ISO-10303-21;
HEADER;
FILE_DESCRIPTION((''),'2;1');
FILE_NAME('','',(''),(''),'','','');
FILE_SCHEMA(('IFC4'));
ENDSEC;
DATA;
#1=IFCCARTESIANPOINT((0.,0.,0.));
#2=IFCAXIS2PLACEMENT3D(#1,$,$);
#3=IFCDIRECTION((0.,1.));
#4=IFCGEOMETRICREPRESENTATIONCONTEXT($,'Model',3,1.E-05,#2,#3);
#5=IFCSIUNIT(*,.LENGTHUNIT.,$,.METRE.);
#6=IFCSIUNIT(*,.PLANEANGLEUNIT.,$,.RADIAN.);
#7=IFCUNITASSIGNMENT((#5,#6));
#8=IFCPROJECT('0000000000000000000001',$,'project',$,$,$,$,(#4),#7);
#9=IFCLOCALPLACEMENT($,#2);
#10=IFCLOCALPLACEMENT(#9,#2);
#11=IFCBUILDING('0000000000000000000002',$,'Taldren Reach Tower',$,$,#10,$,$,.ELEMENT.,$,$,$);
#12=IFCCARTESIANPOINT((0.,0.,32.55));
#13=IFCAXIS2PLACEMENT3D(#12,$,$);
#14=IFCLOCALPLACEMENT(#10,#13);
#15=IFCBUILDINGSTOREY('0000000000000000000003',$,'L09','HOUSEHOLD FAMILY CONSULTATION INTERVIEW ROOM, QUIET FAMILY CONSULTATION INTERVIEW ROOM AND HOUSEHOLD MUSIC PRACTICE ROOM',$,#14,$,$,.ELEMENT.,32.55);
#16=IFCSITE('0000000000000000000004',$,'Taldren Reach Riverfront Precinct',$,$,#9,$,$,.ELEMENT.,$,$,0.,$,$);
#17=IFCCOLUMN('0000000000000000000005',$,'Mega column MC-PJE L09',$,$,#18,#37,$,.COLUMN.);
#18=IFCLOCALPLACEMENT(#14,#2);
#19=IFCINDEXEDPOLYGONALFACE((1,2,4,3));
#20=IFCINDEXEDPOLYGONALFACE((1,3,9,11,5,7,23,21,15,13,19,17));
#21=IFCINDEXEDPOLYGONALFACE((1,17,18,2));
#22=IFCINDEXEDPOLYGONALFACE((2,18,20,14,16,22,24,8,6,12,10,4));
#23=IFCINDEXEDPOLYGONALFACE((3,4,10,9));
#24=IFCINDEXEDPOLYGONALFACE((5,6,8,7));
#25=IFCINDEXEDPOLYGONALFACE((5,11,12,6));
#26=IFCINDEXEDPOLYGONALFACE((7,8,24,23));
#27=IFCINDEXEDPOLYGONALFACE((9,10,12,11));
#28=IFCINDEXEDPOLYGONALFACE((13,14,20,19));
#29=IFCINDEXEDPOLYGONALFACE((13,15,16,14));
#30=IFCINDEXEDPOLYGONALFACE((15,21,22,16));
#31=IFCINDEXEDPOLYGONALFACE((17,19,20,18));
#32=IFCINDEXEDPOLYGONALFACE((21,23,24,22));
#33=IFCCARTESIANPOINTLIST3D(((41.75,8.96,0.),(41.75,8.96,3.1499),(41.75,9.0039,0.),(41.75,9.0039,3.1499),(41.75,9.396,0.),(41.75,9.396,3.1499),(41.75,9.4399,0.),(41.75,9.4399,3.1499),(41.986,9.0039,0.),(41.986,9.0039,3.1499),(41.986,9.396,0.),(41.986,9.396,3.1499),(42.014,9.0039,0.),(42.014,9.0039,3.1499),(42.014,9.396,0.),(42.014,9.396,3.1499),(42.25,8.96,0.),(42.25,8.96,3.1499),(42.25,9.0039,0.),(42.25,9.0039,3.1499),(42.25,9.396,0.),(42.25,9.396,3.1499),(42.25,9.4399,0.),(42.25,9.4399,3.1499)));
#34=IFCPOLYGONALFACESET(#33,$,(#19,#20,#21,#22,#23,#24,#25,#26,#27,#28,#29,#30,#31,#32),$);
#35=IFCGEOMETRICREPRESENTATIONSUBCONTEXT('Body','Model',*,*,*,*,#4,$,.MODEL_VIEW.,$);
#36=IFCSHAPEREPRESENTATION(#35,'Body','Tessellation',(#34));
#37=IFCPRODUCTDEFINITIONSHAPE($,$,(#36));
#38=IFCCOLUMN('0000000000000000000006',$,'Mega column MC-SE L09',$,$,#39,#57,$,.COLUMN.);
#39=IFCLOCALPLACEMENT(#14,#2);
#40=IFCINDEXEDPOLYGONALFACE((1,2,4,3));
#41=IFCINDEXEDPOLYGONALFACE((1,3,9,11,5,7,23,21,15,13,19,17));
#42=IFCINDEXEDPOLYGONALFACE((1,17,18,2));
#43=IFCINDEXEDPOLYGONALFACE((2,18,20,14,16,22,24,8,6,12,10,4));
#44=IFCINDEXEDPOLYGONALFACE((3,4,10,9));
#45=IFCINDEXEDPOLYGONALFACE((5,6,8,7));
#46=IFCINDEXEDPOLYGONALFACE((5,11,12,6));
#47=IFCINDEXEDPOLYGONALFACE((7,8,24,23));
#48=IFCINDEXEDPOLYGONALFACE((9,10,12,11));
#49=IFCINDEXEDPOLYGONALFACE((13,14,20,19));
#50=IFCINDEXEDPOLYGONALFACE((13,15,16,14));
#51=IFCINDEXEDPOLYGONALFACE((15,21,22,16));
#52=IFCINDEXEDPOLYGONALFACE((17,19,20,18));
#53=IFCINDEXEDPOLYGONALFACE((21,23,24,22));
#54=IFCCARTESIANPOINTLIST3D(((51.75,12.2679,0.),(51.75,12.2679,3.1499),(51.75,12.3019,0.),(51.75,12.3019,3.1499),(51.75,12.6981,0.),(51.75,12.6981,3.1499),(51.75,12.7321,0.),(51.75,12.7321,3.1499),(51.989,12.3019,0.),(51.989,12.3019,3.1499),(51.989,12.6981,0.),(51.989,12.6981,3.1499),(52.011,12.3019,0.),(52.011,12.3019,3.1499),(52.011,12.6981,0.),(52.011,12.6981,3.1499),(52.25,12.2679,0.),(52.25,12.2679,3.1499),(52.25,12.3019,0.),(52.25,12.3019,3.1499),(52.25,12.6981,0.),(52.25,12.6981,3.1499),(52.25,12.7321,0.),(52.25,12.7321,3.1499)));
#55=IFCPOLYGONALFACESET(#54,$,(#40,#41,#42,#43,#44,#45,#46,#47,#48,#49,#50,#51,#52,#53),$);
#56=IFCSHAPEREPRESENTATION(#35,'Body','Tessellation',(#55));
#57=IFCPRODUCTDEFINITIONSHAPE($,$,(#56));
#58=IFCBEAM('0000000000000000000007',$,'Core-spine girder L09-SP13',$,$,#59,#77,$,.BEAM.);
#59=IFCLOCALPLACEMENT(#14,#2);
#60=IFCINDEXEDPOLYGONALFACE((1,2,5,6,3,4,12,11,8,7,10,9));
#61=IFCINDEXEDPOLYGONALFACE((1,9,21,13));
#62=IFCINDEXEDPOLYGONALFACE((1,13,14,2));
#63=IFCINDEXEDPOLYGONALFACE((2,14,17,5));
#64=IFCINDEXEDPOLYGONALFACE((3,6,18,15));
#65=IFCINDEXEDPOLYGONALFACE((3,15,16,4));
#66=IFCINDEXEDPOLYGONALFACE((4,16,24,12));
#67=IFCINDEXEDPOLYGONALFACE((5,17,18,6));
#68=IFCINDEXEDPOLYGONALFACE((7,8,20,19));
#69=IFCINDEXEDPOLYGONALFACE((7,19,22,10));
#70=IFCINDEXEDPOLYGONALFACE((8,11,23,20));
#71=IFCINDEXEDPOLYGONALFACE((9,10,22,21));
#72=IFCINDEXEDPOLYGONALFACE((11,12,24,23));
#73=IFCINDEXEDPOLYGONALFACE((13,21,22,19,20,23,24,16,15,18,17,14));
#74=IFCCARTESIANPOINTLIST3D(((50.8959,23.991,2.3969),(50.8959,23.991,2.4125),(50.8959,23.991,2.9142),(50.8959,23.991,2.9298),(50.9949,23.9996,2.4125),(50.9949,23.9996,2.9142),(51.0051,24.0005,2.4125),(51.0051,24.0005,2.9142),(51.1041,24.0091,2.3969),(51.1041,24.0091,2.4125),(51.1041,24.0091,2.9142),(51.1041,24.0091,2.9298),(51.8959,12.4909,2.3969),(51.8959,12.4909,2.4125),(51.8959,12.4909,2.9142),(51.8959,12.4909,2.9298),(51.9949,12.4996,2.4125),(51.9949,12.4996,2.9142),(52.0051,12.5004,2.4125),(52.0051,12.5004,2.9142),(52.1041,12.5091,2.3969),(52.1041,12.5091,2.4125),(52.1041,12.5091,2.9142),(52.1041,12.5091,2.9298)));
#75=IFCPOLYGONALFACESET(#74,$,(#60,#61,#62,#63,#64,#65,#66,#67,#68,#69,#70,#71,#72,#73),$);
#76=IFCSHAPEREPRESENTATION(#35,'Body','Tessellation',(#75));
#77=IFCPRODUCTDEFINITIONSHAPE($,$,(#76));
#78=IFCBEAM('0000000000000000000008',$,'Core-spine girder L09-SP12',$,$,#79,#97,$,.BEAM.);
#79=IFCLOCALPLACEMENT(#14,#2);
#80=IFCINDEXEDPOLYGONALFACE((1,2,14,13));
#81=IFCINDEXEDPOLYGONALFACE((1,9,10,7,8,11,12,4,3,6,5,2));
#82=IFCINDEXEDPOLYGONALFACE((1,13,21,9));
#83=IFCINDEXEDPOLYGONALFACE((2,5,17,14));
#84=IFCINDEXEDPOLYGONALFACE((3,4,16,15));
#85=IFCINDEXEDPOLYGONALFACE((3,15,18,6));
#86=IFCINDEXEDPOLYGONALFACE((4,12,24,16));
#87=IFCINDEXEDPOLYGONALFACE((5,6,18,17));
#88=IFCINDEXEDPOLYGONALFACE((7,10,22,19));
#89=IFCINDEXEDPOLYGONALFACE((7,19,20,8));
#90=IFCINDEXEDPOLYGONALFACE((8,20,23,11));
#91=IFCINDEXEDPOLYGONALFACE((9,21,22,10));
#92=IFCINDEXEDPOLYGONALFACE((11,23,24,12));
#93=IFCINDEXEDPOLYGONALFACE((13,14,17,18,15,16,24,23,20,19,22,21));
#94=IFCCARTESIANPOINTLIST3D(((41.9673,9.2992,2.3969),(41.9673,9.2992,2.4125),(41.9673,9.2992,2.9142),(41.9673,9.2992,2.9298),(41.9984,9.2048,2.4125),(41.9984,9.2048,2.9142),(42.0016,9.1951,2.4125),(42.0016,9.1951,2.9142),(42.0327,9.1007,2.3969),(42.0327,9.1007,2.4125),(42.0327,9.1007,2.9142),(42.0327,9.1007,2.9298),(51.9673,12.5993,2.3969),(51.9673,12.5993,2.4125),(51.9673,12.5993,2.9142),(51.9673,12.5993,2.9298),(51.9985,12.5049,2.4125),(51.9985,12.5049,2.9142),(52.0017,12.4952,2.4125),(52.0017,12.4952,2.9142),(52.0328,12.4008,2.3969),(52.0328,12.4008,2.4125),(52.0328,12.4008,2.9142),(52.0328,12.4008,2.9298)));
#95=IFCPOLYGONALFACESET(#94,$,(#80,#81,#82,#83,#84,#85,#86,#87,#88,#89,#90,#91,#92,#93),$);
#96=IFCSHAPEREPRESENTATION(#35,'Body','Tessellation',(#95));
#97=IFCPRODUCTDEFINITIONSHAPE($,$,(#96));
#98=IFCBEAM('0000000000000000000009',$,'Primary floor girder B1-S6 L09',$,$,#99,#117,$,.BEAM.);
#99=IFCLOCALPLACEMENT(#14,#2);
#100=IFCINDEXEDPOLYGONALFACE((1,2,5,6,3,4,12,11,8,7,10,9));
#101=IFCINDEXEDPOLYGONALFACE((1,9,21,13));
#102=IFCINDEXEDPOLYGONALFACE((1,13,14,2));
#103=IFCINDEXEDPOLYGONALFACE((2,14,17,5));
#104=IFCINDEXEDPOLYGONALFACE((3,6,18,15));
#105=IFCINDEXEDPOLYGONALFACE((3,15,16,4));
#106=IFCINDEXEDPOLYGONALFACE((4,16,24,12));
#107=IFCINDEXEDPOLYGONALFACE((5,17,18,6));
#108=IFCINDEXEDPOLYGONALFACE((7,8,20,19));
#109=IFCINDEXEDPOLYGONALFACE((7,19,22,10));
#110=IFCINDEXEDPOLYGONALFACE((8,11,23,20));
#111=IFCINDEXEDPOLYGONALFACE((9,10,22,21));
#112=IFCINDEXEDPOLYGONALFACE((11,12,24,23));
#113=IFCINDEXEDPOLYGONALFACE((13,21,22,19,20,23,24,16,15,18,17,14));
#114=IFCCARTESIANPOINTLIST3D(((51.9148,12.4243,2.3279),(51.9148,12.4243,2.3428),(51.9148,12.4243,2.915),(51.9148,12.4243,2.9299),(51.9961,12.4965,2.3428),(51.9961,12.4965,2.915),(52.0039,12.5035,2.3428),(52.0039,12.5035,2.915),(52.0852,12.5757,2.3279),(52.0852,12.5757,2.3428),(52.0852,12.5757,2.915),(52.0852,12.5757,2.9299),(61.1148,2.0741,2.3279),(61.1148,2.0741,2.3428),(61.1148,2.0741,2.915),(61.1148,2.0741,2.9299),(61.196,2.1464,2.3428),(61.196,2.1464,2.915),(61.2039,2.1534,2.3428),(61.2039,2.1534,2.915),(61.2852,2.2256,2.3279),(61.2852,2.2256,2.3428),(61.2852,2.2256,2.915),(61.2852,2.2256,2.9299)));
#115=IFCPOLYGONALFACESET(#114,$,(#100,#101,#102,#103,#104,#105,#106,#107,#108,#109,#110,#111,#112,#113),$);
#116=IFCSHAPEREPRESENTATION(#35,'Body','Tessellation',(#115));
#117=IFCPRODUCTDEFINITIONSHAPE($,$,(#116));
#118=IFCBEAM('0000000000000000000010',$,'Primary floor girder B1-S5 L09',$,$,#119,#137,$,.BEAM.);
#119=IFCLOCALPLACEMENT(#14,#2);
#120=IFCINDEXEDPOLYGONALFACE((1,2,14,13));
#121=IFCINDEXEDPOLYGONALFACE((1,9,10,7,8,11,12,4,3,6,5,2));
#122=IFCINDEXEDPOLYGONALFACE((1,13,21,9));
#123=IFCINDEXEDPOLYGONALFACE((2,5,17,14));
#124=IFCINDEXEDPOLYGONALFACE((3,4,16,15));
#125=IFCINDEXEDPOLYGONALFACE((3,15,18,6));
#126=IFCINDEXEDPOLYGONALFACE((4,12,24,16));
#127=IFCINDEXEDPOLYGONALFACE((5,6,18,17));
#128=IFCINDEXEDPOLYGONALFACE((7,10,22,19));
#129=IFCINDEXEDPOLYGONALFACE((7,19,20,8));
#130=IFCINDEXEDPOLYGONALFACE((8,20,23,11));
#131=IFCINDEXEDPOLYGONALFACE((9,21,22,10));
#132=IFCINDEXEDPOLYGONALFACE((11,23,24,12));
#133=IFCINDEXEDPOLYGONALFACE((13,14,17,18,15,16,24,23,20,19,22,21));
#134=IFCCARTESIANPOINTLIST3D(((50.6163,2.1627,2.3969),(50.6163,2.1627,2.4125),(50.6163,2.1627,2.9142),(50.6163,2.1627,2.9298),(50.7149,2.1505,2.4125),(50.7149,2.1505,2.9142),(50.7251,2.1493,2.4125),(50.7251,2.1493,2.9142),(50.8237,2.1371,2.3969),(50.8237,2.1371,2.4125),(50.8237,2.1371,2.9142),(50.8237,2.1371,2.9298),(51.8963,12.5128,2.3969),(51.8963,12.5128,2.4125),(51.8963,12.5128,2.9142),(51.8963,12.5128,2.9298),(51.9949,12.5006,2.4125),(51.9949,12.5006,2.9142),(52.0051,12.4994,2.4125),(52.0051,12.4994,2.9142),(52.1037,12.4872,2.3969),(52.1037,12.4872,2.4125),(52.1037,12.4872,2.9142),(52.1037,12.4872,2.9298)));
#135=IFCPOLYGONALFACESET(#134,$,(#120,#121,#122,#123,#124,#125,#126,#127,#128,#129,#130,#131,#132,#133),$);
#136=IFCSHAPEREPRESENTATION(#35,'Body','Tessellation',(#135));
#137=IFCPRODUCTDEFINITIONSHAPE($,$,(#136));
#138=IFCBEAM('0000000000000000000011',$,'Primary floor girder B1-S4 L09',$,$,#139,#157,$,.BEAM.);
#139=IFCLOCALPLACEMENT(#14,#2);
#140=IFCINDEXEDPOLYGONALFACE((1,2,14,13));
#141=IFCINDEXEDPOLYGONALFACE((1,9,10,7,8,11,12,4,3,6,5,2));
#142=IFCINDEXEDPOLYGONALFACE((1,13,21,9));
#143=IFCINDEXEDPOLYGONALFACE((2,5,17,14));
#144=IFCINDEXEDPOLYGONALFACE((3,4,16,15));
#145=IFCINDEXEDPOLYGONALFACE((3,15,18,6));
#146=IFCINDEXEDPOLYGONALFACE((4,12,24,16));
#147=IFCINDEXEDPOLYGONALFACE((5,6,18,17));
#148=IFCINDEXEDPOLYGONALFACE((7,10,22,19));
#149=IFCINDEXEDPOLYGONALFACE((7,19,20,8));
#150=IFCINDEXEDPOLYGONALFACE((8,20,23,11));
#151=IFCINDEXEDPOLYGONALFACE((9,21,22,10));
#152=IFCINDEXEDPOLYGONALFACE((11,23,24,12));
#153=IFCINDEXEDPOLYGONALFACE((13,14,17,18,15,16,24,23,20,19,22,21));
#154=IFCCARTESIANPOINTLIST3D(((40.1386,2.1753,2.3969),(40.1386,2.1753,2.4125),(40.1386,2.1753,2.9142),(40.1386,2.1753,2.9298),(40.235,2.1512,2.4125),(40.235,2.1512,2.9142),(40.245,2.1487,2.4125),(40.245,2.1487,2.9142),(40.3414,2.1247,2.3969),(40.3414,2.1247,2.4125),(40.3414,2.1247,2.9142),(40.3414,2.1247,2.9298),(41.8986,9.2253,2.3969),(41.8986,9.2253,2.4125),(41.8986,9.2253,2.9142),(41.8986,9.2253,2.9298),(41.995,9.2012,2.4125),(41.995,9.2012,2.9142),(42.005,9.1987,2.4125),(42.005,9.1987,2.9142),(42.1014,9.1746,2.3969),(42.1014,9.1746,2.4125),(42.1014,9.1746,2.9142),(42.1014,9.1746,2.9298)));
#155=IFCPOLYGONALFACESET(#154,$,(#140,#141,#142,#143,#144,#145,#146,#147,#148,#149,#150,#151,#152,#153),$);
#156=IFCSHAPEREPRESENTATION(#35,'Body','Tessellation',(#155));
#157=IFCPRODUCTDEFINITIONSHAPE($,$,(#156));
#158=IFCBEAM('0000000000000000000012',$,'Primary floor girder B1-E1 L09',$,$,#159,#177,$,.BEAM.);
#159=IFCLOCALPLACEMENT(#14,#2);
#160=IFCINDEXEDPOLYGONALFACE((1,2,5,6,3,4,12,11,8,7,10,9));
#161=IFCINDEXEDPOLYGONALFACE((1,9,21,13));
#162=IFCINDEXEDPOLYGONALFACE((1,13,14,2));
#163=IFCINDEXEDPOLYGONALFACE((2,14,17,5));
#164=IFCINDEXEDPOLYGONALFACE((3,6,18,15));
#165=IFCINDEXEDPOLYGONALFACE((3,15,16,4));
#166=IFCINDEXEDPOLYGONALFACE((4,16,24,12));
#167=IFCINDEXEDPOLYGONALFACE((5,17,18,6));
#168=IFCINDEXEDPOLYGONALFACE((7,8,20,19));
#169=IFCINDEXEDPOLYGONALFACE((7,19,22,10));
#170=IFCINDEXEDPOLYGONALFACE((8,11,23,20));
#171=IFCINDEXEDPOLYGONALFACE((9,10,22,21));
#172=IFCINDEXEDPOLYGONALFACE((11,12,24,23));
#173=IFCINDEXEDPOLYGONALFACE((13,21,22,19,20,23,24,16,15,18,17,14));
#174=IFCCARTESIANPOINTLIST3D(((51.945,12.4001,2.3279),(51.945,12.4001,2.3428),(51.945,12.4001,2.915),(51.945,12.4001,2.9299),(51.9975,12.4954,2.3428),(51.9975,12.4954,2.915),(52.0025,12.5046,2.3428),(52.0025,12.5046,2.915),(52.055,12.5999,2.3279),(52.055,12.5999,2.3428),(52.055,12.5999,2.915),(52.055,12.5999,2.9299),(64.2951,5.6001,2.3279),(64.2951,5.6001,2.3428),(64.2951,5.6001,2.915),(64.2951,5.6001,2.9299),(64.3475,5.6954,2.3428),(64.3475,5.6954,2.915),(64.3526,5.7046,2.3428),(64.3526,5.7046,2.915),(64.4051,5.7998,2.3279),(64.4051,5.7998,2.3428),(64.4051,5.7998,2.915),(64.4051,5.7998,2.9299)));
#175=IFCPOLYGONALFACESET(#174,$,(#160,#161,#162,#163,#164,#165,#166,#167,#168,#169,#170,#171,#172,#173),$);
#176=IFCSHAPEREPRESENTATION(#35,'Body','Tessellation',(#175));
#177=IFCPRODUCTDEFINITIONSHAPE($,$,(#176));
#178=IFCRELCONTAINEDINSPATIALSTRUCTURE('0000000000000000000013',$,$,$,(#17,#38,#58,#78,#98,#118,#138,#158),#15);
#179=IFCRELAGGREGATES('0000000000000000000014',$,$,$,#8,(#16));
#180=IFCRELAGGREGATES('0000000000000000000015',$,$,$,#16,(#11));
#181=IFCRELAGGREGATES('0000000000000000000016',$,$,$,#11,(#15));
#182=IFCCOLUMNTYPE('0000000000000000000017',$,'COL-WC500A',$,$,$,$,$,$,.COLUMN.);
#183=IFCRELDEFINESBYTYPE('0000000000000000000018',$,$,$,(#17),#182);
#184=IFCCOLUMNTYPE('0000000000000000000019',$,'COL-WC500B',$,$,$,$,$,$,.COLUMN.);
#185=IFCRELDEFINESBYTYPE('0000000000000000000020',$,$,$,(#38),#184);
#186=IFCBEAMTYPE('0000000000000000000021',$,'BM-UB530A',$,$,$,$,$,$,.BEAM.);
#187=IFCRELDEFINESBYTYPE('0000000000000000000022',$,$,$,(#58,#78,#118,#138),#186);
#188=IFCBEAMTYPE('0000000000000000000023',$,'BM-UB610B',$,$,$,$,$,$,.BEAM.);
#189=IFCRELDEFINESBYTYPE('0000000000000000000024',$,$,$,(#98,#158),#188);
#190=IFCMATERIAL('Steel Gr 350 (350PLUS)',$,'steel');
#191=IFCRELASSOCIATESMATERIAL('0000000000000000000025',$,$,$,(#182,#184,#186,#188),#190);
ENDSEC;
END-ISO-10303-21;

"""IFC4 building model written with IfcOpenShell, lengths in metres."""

from ifc_helpers import new_model, si_unit, direction, frame, origin, origin_2d, place, context, subcontext, project, spatial, i_section, extrude, source, transform, mapped, material, material_profile, profile_set, type_object, element, save


model = new_model("IFC4")

# Units and contexts
model_context = context("Model", 3, precision=1e-05, world=origin(), true_north=direction((0.0, 1.0)))
body_context = subcontext(model_context, "Body", "Model", "MODEL_VIEW")
ifc_project = project(units=[si_unit("LENGTHUNIT", "METRE"), si_unit("PLANEANGLEUNIT", "RADIAN")], contexts=[model_context])

# Site, building, storey
site_placement = place(None, origin())
site = spatial("IfcSite", under=ifc_project, at=site_placement, Name="Taldren Reach Riverfront Precinct", CompositionType="ELEMENT", RefElevation=0.0)
building_placement = place(site_placement, origin())
building = spatial("IfcBuilding", under=site, at=building_placement, Name="Taldren Reach Tower", CompositionType="ELEMENT")
storey_placement = place(building_placement, frame((0.0, 0.0, 32.55)))
storey = spatial("IfcBuildingStorey", under=building, at=storey_placement, Name="L09", Description="HOUSEHOLD FAMILY CONSULTATION INTERVIEW ROOM, QUIET FAMILY CONSULTATION INTERVIEW ROOM AND HOUSEHOLD MUSIC PRACTICE ROOM", CompositionType="ELEMENT", Elevation=32.55)

# Columns
ifc_material_1 = material(Name="Steel Gr 350 (350PLUS)", Category="steel")
ifc_material_profile_1 = material_profile(ifc_material_1, i_section(OverallWidth=0.5, OverallDepth=0.48, WebThickness=0.0281, FlangeThickness=0.0439, at=origin_2d()), Name="500WC440")
ifc_profile_set_1 = profile_set([ifc_material_profile_1], Name="Steel Gr 350 (350PLUS)")
column_type_1 = type_object("IfcColumnType", Name="COL-WC500A", PredefinedType="COLUMN", material=ifc_profile_set_1)
shared_shape_1 = source(origin(), body_context, "Body", "SweptSolid", [
    extrude(i_section(OverallWidth=0.5, OverallDepth=0.48, WebThickness=0.0281, FlangeThickness=0.0439, at=origin_2d()), origin(), (0.0, 0.0, 1.0), 3.1499),
])
column_1_placement = place(storey_placement, frame((42.0, 9.2, 0.0), z_axis=(0.0, 0.0, 1.0), x_axis=(1.0, 0.0, 0.0)))
element("IfcColumn", 1, at=column_1_placement, inside=storey, type_object=column_type_1, Name="Mega column MC-PJE L09", PredefinedType="COLUMN", context=body_context, shape_type="MappedRepresentation", body=[
    mapped(shared_shape_1, transform((0.0, 0.0, 0.0), scale=1.0)),
])
ifc_material_profile_2 = material_profile(ifc_material_1, i_section(OverallWidth=0.5, OverallDepth=0.4641, WebThickness=0.022, FlangeThickness=0.0339, at=origin_2d()), Name="500WC340")
ifc_profile_set_2 = profile_set([ifc_material_profile_2], Name="Steel Gr 350 (350PLUS)")
column_type_2 = type_object("IfcColumnType", Name="COL-WC500B", PredefinedType="COLUMN", material=ifc_profile_set_2)
shared_shape_2 = source(origin(), body_context, "Body", "SweptSolid", [
    extrude(i_section(OverallWidth=0.5, OverallDepth=0.4641, WebThickness=0.022, FlangeThickness=0.0339, at=origin_2d()), origin(), (0.0, 0.0, 1.0), 3.1499),
])
column_2_placement = place(storey_placement, frame((52.0, 12.5, 0.0), z_axis=(0.0, 0.0, 1.0), x_axis=(1.0, 0.0, 0.0)))
element("IfcColumn", 2, at=column_2_placement, inside=storey, type_object=column_type_2, Name="Mega column MC-SE L09", PredefinedType="COLUMN", context=body_context, shape_type="MappedRepresentation", body=[
    mapped(shared_shape_2, transform((0.0, 0.0, 0.0), scale=1.0)),
])

# Beams
ifc_material_profile_3 = material_profile(ifc_material_1, i_section(OverallWidth=0.209, OverallDepth=0.533, WebThickness=0.0103, FlangeThickness=0.0156, at=origin_2d()), Name="530UB92.4")
ifc_profile_set_3 = profile_set([ifc_material_profile_3], Name="Steel Gr 350 (350PLUS)")
beam_type_1 = type_object("IfcBeamType", Name="BM-UB530A", PredefinedType="BEAM", material=ifc_profile_set_3)
shared_shape_3 = source(origin(), body_context, "Body", "SweptSolid", [
    extrude(i_section(OverallWidth=0.209, OverallDepth=0.533, WebThickness=0.0103, FlangeThickness=0.0156, at=origin_2d()), origin(), (0.0, 0.0, 1.0), 11.5435),
])
beam_1_placement = place(storey_placement, frame((52.0, 12.5, 2.6633), z_axis=(-0.08663, 0.996241, 0.0), x_axis=(-0.996241, -0.08663, 0.0)))
element("IfcBeam", 3, at=beam_1_placement, inside=storey, type_object=beam_type_1, Name="Core-spine girder L09-SP13", PredefinedType="BEAM", context=body_context, shape_type="MappedRepresentation", body=[
    mapped(shared_shape_3, transform((0.0, 0.0, 0.0), scale=1.0)),
])
shared_shape_4 = source(origin(), body_context, "Body", "SweptSolid", [
    extrude(i_section(OverallWidth=0.209, OverallDepth=0.533, WebThickness=0.0103, FlangeThickness=0.0156, at=origin_2d()), origin(), (0.0, 0.0, 1.0), 10.5305),
])
beam_2_placement = place(storey_placement, frame((42.0, 9.2, 2.6633), z_axis=(0.949627, 0.313382, 0.0), x_axis=(-0.313382, 0.949627, 0.0)))
element("IfcBeam", 4, at=beam_2_placement, inside=storey, type_object=beam_type_1, Name="Core-spine girder L09-SP12", PredefinedType="BEAM", context=body_context, shape_type="MappedRepresentation", body=[
    mapped(shared_shape_4, transform((0.0, 0.0, 0.0), scale=1.0)),
])
ifc_material_profile_4 = material_profile(ifc_material_1, i_section(OverallWidth=0.228, OverallDepth=0.6021, WebThickness=0.0105, FlangeThickness=0.0149, at=origin_2d()), Name="610UB101")
ifc_profile_set_4 = profile_set([ifc_material_profile_4], Name="Steel Gr 350 (350PLUS)")
beam_type_2 = type_object("IfcBeamType", Name="BM-UB610B", PredefinedType="BEAM", material=ifc_profile_set_4)
shared_shape_5 = source(origin(), body_context, "Body", "SweptSolid", [
    extrude(i_section(OverallWidth=0.228, OverallDepth=0.6021, WebThickness=0.0105, FlangeThickness=0.0149, at=origin_2d()), origin(), (0.0, 0.0, 1.0), 13.8479),
])
beam_3_placement = place(storey_placement, frame((52.0, 12.5, 2.6289), z_axis=(0.664358, -0.747414, 0.0), x_axis=(0.747414, 0.664358, 0.0)))
element("IfcBeam", 5, at=beam_3_placement, inside=storey, type_object=beam_type_2, Name="Primary floor girder B1-S6 L09", PredefinedType="BEAM", context=body_context, shape_type="MappedRepresentation", body=[
    mapped(shared_shape_5, transform((0.0, 0.0, 0.0), scale=1.0)),
])
shared_shape_6 = source(origin(), body_context, "Body", "SweptSolid", [
    extrude(i_section(OverallWidth=0.209, OverallDepth=0.533, WebThickness=0.0103, FlangeThickness=0.0156, at=origin_2d()), origin(), (0.0, 0.0, 1.0), 10.429),
])
beam_4_placement = place(storey_placement, frame((52.0, 12.5, 2.6633), z_axis=(-0.122738, -0.992439, 0.0), x_axis=(0.992439, -0.122738, 0.0)))
element("IfcBeam", 6, at=beam_4_placement, inside=storey, type_object=beam_type_1, Name="Primary floor girder B1-S5 L09", PredefinedType="BEAM", context=body_context, shape_type="MappedRepresentation", body=[
    mapped(shared_shape_6, transform((0.0, 0.0, 0.0), scale=1.0)),
])
shared_shape_7 = source(origin(), body_context, "Body", "SweptSolid", [
    extrude(i_section(OverallWidth=0.209, OverallDepth=0.533, WebThickness=0.0103, FlangeThickness=0.0156, at=origin_2d()), origin(), (0.0, 0.0, 1.0), 7.2664),
])
beam_5_placement = place(storey_placement, frame((42.0, 9.2, 2.6633), z_axis=(-0.242211, -0.970223, 0.0), x_axis=(0.970223, -0.242211, 0.0)))
element("IfcBeam", 7, at=beam_5_placement, inside=storey, type_object=beam_type_1, Name="Primary floor girder B1-S4 L09", PredefinedType="BEAM", context=body_context, shape_type="MappedRepresentation", body=[
    mapped(shared_shape_7, transform((0.0, 0.0, 0.0), scale=1.0)),
])
shared_shape_8 = source(origin(), body_context, "Body", "SweptSolid", [
    extrude(i_section(OverallWidth=0.228, OverallDepth=0.6021, WebThickness=0.0105, FlangeThickness=0.0149, at=origin_2d()), origin(), (0.0, 0.0, 1.0), 14.0984),
])
beam_6_placement = place(storey_placement, frame((52.0, 12.5, 2.6289), z_axis=(0.875991, -0.482327, 0.0), x_axis=(0.482327, 0.875991, 0.0)))
element("IfcBeam", 8, at=beam_6_placement, inside=storey, type_object=beam_type_2, Name="Primary floor girder B1-E1 L09", PredefinedType="BEAM", context=body_context, shape_type="MappedRepresentation", body=[
    mapped(shared_shape_8, transform((0.0, 0.0, 0.0), scale=1.0)),
])

save(model, "model.ifc")
